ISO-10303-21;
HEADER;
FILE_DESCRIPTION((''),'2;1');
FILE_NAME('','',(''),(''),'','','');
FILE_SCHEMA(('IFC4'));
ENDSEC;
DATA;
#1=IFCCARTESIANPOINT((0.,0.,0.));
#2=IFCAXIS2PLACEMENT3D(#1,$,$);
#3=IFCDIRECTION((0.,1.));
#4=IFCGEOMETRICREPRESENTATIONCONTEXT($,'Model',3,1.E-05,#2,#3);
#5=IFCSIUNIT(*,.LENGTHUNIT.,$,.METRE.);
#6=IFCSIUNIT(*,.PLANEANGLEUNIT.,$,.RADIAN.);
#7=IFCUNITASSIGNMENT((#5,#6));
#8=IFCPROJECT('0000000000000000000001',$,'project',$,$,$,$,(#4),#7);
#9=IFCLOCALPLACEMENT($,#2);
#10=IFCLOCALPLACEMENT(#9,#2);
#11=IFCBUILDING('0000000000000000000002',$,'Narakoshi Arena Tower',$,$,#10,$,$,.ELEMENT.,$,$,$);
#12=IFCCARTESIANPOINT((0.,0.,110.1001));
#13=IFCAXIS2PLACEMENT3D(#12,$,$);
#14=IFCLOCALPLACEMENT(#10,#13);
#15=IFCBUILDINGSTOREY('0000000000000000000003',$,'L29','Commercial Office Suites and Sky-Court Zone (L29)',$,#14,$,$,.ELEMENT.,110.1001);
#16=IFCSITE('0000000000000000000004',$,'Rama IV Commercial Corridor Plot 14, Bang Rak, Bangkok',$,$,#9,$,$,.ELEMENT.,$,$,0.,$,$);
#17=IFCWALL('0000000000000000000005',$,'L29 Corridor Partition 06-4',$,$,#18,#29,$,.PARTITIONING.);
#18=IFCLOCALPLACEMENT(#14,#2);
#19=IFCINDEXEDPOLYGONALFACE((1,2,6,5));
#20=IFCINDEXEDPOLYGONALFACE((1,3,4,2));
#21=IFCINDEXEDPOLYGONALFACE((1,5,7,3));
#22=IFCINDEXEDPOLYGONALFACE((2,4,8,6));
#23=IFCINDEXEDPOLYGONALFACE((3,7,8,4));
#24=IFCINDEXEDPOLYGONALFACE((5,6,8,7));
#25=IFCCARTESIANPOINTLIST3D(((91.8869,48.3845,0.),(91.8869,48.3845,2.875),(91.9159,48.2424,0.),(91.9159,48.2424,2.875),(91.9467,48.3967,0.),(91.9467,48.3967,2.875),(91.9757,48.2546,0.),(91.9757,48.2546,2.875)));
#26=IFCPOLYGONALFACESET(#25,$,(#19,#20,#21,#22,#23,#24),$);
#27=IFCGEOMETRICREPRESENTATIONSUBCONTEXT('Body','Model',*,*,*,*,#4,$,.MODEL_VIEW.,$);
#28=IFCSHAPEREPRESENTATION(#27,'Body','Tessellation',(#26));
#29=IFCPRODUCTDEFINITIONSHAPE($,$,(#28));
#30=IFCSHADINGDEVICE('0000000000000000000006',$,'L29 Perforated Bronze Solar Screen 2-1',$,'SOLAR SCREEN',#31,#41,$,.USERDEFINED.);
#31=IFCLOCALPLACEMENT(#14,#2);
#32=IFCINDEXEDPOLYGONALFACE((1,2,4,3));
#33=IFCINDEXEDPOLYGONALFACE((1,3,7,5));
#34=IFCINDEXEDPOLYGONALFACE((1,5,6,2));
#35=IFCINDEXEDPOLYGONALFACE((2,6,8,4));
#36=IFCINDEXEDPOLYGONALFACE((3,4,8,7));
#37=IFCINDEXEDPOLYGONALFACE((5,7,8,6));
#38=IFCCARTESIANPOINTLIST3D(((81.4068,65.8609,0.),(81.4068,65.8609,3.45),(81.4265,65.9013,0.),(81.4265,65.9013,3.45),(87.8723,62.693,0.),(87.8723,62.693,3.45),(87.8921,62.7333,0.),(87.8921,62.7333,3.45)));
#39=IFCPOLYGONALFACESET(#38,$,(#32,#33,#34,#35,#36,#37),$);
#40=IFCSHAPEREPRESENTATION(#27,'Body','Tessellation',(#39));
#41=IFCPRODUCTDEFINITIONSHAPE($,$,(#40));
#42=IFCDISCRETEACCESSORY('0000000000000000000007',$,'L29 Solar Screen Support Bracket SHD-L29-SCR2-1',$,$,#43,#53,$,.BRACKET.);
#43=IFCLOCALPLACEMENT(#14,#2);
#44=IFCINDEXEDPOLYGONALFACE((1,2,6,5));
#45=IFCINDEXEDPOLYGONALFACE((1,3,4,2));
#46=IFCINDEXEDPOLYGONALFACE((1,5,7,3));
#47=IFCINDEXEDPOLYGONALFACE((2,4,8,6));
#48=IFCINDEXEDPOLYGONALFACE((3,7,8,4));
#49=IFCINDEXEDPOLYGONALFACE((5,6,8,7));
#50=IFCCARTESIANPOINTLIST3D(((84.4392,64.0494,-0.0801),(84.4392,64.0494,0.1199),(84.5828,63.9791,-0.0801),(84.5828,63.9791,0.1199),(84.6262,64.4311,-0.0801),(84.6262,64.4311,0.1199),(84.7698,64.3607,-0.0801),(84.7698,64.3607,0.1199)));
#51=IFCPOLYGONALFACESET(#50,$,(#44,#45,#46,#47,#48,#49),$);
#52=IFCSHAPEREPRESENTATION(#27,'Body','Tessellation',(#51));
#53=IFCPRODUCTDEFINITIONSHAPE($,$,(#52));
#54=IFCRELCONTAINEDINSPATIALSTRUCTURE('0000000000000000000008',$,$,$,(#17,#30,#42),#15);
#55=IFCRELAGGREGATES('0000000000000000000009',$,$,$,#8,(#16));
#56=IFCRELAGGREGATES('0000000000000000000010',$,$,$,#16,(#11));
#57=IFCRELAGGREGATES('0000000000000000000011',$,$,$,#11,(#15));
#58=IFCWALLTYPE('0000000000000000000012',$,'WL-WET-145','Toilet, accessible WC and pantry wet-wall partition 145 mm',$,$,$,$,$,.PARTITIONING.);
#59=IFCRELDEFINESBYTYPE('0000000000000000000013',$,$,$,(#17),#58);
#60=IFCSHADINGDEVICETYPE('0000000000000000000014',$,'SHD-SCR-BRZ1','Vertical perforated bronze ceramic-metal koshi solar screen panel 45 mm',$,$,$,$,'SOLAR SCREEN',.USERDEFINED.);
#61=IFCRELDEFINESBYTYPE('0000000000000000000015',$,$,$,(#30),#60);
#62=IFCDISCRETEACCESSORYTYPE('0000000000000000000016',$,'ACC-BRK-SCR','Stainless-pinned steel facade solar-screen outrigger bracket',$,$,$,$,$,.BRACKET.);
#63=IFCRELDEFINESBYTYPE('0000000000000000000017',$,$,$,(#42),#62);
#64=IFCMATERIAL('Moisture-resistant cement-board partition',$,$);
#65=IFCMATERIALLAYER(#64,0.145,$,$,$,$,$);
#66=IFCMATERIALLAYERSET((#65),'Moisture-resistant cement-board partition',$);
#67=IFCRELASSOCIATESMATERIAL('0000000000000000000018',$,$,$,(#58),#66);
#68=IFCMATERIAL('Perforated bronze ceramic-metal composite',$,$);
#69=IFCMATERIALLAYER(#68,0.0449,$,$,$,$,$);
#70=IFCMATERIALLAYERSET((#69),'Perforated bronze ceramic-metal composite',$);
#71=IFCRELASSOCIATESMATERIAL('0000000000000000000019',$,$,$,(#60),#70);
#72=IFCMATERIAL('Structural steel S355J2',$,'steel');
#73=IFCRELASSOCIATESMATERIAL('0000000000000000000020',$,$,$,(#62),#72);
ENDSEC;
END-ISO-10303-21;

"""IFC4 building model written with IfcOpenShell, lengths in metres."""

from ifc_helpers import new_model, si_unit, direction, frame, frame_2d, origin, origin_2d, place, context, subcontext, project, spatial, rectangle, extrude, material, layer, layer_set, type_object, element, save


model = new_model("IFC4")

# Units and contexts
model_context = context("Model", 3, precision=1e-05, world=origin(), true_north=direction((0.0, 1.0)))
body_context = subcontext(model_context, "Body", "Model", "MODEL_VIEW")
ifc_project = project(units=[si_unit("LENGTHUNIT", "METRE"), si_unit("PLANEANGLEUNIT", "RADIAN")], contexts=[model_context])

# Site, building, storey
site_placement = place(None, origin())
site = spatial("IfcSite", under=ifc_project, at=site_placement, Name="Rama IV Commercial Corridor Plot 14, Bang Rak, Bangkok", CompositionType="ELEMENT", RefElevation=0.0)
building_placement = place(site_placement, origin())
building = spatial("IfcBuilding", under=site, at=building_placement, Name="Narakoshi Arena Tower", CompositionType="ELEMENT")
storey_placement = place(building_placement, frame((0.0, 0.0, 110.1001)))
storey = spatial("IfcBuildingStorey", under=building, at=storey_placement, Name="L29", Description="Commercial Office Suites and Sky-Court Zone (L29)", CompositionType="ELEMENT", Elevation=110.1001)

# Shared definitions
ifc_material_1 = material(Name="Structural steel S355J2", Category="steel")

# Shared definitions
ifc_material_2 = material(Name="Moisture-resistant cement-board partition")
ifc_layer_1 = layer(ifc_material_2, 0.145)
ifc_layer_set_1 = layer_set([ifc_layer_1], Name="Moisture-resistant cement-board partition")
wall_type_1 = type_object("IfcWallType", Name="WL-WET-145", Description="Toilet, accessible WC and pantry wet-wall partition 145 mm", PredefinedType="PARTITIONING", material=ifc_layer_set_1)

# Wall
wall_1_placement = place(storey_placement, frame((91.9612, 48.3257, 0.0), z_axis=(0.0, 0.0, 1.0), x_axis=(-0.979804, -0.19996, 0.0)))
element("IfcWall", 1, at=wall_1_placement, inside=storey, type_object=wall_type_1, Name="L29 Corridor Partition 06-4", PredefinedType="PARTITIONING", context=body_context, shape_type="SweptSolid", body=[
    extrude(rectangle(XDim=0.061, YDim=0.145, at=frame_2d((0.0305, 0.0))), origin(), (0.0, 0.0, 1.0), 2.875),
])

# Shading device
ifc_material_3 = material(Name="Perforated bronze ceramic-metal composite")
ifc_layer_2 = layer(ifc_material_3, 0.0449)
ifc_layer_set_2 = layer_set([ifc_layer_2], Name="Perforated bronze ceramic-metal composite")
shading_device_type = type_object("IfcShadingDeviceType", Name="SHD-SCR-BRZ1", Description="Vertical perforated bronze ceramic-metal koshi solar screen panel 45 mm", ElementType="SOLAR SCREEN", PredefinedType="USERDEFINED", material=ifc_layer_set_2)
shading_device_placement = place(storey_placement, frame((84.6494, 64.2971, 0.0), z_axis=(0.0, 0.0, 1.0), x_axis=(-0.897997, 0.440002, 0.0)))
element("IfcShadingDevice", 2, at=shading_device_placement, inside=storey, type_object=shading_device_type, Name="L29 Perforated Bronze Solar Screen 2-1", ObjectType="SOLAR SCREEN", PredefinedType="USERDEFINED", context=body_context, shape_type="SweptSolid", body=[
    extrude(rectangle(XDim=7.2, YDim=0.0449, at=origin_2d()), origin(), (0.0, 0.0, 1.0), 3.45),
])

# Discrete accessory
discrete_accessory_type = type_object("IfcDiscreteAccessoryType", Name="ACC-BRK-SCR", Description="Stainless-pinned steel facade solar-screen outrigger bracket", PredefinedType="BRACKET", material=ifc_material_1)
discrete_accessory_placement = place(storey_placement, frame((84.6045, 64.2051, -0.0801), z_axis=(0.0, 0.0, 1.0), x_axis=(-0.897997, 0.440002, 0.0)))
element("IfcDiscreteAccessory", 3, at=discrete_accessory_placement, inside=storey, type_object=discrete_accessory_type, Name="L29 Solar Screen Support Bracket SHD-L29-SCR2-1", PredefinedType="BRACKET", context=body_context, shape_type="SweptSolid", body=[
    extrude(rectangle(XDim=0.1599, YDim=0.425, at=origin_2d()), origin(), (0.0, 0.0, 1.0), 0.2),
])

save(model, "model.ifc")
